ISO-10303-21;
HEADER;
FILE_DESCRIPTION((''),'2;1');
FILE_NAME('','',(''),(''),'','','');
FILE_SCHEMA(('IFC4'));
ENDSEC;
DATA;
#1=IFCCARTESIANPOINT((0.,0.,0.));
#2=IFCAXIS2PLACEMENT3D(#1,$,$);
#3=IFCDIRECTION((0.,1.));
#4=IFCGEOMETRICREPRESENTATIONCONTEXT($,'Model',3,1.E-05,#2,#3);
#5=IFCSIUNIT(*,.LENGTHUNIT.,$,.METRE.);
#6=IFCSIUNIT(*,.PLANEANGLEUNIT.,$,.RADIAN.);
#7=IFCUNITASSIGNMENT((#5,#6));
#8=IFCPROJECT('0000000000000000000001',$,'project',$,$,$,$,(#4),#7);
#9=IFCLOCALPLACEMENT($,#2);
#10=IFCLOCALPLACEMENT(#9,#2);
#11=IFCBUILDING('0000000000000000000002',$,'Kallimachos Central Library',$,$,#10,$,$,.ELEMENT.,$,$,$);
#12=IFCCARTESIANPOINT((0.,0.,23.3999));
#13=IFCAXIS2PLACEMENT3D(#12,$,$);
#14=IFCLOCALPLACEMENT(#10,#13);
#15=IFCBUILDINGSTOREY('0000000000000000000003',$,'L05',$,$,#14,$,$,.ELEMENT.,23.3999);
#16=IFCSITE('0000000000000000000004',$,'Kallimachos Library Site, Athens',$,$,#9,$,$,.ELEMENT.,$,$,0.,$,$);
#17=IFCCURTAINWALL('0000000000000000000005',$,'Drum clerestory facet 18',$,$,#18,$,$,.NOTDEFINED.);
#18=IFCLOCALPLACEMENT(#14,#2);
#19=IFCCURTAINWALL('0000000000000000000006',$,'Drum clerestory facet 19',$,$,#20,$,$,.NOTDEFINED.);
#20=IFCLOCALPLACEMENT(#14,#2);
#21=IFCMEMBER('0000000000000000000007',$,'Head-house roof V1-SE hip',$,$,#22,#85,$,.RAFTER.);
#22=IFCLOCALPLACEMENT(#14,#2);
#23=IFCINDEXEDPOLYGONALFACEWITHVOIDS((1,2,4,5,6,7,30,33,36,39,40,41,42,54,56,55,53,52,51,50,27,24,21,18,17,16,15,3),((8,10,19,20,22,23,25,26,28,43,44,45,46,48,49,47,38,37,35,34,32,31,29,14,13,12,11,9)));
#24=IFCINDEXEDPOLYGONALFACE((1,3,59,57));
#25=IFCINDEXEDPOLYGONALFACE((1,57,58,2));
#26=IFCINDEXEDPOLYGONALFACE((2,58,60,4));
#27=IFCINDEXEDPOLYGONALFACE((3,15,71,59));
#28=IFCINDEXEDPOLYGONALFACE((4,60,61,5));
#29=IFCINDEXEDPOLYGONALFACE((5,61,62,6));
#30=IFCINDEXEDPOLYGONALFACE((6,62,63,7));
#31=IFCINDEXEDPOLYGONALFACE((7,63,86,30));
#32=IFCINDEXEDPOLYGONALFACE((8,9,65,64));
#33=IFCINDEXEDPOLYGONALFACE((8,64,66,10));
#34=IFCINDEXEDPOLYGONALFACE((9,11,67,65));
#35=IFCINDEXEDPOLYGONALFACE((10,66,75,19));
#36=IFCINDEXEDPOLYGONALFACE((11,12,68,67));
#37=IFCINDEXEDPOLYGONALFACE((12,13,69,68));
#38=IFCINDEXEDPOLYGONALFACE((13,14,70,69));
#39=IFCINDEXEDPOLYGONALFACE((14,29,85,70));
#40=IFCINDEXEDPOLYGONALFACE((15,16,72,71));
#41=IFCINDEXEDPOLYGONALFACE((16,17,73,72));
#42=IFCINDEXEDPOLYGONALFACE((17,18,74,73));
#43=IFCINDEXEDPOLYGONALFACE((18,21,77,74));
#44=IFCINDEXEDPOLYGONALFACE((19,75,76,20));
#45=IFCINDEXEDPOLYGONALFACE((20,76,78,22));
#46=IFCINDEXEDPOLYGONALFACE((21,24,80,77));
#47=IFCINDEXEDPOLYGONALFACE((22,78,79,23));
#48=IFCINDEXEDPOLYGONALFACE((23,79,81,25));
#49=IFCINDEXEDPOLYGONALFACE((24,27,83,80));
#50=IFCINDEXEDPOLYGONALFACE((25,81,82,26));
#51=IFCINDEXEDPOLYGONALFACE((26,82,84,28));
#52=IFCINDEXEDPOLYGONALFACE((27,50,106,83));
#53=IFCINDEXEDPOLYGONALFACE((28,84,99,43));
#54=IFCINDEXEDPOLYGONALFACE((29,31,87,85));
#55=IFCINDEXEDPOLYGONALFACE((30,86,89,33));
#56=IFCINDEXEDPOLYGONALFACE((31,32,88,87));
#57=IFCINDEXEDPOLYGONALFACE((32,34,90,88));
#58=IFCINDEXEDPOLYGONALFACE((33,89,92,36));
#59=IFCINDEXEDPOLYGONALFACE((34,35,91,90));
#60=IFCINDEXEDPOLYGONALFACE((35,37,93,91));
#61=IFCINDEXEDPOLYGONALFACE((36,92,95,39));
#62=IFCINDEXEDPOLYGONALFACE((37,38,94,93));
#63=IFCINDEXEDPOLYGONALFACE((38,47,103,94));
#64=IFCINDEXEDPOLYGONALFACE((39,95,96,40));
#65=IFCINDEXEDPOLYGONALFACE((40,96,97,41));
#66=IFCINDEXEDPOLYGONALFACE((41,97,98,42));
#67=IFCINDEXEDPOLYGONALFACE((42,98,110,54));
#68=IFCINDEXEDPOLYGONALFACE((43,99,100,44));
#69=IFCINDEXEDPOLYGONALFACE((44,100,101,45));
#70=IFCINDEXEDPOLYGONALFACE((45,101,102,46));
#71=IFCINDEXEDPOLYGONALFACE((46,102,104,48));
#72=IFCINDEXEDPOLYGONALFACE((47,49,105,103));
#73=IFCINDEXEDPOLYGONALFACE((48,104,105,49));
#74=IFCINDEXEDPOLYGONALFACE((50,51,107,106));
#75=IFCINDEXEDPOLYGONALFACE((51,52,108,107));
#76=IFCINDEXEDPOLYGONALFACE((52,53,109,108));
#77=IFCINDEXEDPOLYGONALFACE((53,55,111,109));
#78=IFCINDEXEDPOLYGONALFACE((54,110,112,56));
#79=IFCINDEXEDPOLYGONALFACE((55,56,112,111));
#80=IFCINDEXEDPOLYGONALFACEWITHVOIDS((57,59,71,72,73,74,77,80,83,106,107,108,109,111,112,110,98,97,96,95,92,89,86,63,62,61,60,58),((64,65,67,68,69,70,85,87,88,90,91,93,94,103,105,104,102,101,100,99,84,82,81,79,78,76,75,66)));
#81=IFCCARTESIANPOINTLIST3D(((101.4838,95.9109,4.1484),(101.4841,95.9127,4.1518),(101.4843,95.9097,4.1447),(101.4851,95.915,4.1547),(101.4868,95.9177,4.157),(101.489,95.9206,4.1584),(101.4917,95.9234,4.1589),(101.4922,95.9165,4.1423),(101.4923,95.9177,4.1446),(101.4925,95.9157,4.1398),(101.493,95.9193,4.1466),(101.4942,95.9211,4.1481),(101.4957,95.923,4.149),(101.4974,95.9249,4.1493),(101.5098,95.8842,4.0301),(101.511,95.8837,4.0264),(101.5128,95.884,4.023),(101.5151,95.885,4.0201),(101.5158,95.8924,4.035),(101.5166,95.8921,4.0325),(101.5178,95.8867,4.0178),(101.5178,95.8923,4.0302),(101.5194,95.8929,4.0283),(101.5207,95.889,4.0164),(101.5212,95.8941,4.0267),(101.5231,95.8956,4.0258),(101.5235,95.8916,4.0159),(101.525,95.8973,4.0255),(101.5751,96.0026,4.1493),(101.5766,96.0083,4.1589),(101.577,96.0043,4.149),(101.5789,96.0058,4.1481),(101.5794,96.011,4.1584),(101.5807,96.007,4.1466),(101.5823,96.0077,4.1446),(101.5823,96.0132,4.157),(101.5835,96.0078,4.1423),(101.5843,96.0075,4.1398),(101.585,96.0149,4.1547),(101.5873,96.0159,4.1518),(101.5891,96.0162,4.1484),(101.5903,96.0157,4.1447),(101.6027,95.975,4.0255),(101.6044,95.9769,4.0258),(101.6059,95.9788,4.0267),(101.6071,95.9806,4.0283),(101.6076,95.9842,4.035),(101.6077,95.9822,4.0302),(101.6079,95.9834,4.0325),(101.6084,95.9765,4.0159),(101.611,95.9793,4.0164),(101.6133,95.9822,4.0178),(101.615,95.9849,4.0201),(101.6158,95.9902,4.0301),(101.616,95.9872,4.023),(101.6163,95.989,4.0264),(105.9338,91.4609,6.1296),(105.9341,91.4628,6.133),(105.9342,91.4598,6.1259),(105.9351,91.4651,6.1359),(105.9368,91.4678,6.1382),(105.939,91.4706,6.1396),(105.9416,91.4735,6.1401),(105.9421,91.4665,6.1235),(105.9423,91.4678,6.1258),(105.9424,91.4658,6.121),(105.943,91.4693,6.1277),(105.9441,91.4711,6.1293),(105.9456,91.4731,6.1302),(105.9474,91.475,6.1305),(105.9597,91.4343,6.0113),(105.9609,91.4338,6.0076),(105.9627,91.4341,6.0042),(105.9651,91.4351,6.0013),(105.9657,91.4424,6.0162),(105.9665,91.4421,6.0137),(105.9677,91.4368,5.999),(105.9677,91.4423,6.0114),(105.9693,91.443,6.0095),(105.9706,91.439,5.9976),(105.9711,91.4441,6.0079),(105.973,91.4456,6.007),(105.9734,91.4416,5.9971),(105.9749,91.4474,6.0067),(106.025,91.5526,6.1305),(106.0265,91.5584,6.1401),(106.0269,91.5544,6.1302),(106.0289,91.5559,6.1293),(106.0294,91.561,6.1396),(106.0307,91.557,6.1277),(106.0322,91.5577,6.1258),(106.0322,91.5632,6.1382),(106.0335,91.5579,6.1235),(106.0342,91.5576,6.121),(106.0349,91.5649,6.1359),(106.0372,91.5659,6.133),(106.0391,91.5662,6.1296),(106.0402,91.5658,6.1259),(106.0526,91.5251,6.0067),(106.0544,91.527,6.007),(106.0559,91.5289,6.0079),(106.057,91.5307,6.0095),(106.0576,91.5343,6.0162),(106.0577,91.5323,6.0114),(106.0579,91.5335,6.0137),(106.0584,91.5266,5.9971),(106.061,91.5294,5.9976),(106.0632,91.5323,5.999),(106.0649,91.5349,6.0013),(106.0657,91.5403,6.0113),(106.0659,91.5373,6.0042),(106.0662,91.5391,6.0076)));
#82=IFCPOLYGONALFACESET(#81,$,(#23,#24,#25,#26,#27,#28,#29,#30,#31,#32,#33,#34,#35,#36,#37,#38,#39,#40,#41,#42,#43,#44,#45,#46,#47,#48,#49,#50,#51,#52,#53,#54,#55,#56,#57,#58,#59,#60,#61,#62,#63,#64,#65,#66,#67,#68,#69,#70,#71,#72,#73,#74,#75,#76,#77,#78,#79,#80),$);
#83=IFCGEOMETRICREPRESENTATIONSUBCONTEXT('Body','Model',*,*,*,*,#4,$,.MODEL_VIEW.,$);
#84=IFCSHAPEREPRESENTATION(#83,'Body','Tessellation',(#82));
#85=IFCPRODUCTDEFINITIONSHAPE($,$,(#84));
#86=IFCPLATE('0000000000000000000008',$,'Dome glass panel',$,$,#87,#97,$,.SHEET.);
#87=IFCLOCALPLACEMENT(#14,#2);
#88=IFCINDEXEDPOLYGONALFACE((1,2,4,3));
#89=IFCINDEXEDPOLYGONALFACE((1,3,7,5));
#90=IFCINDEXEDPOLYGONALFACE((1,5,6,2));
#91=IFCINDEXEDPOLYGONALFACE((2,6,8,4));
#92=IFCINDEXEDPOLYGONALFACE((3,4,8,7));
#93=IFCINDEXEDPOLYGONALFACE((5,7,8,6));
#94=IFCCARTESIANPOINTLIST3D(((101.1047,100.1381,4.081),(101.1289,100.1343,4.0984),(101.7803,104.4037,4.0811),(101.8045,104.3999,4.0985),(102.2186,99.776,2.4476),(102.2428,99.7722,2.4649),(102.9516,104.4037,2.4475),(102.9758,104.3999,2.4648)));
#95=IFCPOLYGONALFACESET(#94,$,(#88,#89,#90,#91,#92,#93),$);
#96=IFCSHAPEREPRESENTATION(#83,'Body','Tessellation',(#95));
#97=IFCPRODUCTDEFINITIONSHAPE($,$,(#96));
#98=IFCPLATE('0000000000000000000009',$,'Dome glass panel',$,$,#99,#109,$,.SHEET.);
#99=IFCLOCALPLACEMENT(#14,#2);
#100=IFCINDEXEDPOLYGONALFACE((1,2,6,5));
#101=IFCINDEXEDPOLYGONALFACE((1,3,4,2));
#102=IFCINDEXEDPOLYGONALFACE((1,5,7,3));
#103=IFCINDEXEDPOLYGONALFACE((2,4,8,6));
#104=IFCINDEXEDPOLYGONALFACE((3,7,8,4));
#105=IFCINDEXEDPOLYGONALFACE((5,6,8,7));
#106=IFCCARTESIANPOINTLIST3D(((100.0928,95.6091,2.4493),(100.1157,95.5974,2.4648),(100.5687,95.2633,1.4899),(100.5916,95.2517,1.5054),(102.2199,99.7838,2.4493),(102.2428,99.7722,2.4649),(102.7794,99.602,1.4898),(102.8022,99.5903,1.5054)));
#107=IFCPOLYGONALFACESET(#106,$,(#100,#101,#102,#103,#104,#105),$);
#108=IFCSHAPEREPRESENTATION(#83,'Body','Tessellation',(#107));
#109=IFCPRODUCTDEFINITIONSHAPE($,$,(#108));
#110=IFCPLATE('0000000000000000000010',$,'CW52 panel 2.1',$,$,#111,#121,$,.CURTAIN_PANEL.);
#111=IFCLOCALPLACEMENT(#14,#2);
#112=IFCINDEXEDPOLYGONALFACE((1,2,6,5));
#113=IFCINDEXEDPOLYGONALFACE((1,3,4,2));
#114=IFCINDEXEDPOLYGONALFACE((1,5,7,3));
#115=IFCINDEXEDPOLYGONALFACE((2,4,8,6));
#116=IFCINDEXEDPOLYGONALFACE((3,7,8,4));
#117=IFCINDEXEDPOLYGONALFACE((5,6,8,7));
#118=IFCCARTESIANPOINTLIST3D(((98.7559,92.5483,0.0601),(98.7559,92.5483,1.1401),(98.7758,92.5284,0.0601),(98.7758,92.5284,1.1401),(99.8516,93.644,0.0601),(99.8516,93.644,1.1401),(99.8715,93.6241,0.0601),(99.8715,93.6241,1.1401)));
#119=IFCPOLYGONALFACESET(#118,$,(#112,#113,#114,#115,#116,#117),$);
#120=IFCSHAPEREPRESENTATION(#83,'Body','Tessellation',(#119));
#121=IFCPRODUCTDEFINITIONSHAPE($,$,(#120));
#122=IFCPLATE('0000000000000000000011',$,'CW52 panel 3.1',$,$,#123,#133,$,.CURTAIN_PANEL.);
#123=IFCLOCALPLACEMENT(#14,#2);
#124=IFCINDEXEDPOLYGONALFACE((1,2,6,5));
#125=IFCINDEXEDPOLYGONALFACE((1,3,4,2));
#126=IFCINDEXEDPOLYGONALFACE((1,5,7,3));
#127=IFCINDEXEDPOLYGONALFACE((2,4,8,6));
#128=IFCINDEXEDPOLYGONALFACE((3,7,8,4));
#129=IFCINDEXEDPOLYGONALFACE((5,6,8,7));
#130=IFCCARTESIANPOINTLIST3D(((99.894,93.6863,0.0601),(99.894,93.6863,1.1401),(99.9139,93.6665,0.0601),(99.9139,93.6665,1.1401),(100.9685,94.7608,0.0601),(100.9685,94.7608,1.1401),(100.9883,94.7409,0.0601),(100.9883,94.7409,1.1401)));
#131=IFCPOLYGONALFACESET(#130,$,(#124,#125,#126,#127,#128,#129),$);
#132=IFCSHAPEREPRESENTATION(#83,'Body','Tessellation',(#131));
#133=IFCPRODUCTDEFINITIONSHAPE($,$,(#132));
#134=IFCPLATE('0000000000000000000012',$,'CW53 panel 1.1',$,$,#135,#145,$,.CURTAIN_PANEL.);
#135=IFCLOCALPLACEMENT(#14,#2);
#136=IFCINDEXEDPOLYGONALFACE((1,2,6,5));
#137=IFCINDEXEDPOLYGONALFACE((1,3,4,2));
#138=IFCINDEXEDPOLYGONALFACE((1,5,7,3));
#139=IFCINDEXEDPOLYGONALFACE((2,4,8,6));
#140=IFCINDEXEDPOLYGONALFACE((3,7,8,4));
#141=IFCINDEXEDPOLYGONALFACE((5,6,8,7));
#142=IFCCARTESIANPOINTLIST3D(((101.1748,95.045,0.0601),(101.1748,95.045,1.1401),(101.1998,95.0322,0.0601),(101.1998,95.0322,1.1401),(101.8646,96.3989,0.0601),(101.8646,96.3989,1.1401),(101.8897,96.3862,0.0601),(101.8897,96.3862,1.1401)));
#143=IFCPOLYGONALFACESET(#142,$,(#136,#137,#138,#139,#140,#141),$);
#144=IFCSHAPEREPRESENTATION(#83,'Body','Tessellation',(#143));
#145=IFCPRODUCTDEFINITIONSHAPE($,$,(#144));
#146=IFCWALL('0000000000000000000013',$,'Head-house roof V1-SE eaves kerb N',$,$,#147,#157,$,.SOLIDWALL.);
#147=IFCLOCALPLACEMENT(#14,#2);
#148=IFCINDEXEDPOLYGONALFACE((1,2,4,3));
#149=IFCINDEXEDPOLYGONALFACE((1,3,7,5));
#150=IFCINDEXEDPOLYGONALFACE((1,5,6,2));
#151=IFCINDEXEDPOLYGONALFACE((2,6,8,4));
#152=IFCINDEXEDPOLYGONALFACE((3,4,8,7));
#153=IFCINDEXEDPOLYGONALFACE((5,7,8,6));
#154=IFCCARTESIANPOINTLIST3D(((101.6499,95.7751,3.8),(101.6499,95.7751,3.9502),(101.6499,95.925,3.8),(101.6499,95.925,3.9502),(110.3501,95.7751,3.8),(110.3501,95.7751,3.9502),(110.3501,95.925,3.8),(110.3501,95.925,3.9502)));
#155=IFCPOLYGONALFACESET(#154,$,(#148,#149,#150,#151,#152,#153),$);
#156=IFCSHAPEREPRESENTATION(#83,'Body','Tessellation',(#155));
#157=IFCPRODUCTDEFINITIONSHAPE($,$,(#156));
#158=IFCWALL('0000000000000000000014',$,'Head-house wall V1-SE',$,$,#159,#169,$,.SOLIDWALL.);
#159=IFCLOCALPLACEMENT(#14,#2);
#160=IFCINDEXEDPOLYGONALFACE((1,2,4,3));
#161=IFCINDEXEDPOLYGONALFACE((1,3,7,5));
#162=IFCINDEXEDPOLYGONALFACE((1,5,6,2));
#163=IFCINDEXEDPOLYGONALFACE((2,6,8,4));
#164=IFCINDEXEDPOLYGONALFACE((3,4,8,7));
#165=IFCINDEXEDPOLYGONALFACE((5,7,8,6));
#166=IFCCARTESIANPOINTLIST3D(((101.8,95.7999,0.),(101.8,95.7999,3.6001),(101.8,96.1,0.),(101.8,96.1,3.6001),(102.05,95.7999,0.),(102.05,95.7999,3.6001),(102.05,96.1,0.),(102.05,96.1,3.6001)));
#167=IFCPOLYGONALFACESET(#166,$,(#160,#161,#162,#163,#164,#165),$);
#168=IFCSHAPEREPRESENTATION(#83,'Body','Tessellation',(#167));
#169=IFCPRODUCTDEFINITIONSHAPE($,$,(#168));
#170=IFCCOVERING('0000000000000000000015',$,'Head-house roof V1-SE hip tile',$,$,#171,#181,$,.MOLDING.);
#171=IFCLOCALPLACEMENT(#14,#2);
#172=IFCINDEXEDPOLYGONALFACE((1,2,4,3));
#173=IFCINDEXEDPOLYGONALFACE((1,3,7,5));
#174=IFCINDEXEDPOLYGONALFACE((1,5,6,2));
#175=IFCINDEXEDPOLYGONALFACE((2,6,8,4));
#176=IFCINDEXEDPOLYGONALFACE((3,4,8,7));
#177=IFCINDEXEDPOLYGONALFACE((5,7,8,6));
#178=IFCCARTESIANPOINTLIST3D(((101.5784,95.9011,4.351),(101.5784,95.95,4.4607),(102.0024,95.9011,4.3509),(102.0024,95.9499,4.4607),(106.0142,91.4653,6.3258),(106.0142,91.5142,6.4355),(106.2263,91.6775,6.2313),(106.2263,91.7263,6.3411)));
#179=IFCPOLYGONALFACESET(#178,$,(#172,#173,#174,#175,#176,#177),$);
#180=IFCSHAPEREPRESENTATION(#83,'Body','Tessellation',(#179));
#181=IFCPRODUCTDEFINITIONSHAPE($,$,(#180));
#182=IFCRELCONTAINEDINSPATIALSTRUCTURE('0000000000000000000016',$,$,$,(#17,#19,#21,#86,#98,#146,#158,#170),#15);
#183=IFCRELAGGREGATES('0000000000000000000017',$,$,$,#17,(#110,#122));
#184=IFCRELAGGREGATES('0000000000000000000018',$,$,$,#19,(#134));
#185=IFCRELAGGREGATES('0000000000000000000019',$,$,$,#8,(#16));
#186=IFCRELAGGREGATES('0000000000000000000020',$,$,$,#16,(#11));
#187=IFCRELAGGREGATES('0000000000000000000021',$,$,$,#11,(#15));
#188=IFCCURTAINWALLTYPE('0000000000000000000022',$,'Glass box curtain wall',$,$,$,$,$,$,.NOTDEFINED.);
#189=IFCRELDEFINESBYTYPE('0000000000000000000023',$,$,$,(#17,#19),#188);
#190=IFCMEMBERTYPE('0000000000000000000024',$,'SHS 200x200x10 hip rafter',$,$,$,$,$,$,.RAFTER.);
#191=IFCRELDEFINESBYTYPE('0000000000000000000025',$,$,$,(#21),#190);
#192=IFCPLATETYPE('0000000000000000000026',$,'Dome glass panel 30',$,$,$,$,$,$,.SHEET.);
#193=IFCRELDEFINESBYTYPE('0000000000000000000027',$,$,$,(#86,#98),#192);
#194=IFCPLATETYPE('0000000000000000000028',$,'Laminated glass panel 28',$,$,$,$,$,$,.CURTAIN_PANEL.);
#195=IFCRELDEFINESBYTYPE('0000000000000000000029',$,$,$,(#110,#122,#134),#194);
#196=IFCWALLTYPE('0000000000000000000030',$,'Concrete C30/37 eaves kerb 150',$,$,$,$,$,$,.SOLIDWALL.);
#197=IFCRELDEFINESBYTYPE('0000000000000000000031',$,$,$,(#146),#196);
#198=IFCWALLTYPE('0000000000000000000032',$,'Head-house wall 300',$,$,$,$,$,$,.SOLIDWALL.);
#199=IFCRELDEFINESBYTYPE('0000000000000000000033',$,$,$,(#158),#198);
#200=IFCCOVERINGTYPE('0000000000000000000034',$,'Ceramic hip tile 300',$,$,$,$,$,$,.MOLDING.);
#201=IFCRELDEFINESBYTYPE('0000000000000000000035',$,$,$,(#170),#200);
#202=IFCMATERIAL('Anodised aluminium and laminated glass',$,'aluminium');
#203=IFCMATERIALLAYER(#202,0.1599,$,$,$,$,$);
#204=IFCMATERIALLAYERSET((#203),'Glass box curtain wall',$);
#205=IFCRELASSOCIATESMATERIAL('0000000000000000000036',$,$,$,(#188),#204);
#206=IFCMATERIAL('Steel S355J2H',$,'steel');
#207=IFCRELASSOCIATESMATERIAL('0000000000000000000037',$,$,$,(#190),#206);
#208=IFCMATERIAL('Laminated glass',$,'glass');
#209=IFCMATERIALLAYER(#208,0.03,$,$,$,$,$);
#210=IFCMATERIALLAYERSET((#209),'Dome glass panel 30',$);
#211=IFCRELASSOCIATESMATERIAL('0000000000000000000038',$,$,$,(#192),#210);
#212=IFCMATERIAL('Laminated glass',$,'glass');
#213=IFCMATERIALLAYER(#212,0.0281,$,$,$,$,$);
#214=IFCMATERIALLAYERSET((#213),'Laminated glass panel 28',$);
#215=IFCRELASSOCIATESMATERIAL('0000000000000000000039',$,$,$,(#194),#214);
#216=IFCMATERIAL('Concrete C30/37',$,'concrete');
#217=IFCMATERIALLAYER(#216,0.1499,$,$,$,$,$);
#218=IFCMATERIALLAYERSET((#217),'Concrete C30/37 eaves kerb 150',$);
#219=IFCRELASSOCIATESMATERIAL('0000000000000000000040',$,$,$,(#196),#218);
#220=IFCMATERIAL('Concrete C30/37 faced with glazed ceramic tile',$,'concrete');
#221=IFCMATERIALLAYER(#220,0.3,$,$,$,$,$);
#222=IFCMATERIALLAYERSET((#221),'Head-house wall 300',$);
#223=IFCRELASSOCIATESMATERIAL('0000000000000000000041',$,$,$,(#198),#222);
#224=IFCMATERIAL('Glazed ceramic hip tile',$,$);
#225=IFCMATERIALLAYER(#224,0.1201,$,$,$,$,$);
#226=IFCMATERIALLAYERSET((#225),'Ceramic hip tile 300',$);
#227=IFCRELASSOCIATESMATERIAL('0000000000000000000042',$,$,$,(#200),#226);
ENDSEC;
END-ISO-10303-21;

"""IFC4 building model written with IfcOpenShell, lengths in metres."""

from ifc_helpers import new_model, si_unit, direction, frame, frame_2d, origin, origin_2d, place, context, subcontext, project, spatial, polyline, rectangle, hollow_rectangle, outline, extrude, material, layer, layer_set, material_profile, profile_set, type_object, element, aggregate, save


model = new_model("IFC4")

# Units and contexts
model_context = context("Model", 3, precision=1e-05, world=origin(), true_north=direction((0.0, 1.0)))
body_context = subcontext(model_context, "Body", "Model", "MODEL_VIEW")
ifc_project = project(units=[si_unit("LENGTHUNIT", "METRE"), si_unit("PLANEANGLEUNIT", "RADIAN")], contexts=[model_context])

# Site, building, storey
site_placement = place(None, origin())
site = spatial("IfcSite", under=ifc_project, at=site_placement, Name="Kallimachos Library Site, Athens", CompositionType="ELEMENT", RefElevation=0.0)
building_placement = place(site_placement, origin())
building = spatial("IfcBuilding", under=site, at=building_placement, Name="Kallimachos Central Library", CompositionType="ELEMENT")
storey_placement = place(building_placement, frame((0.0, 0.0, 23.3999)))
storey = spatial("IfcBuildingStorey", under=building, at=storey_placement, Name="L05", CompositionType="ELEMENT", Elevation=23.3999)

# Curtain walls
ifc_material_1 = material(Name="Anodised aluminium and laminated glass", Category="aluminium")
ifc_layer_1 = layer(ifc_material_1, 0.1599)
ifc_layer_set_1 = layer_set([ifc_layer_1], Name="Glass box curtain wall")
curtain_wall_type = type_object("IfcCurtainWallType", Name="Glass box curtain wall", PredefinedType="NOTDEFINED", material=ifc_layer_set_1)
curtain_wall_1_placement = place(storey_placement, origin())
curtain_wall_1 = element("IfcCurtainWall", 1, at=curtain_wall_1_placement, inside=storey, type_object=curtain_wall_type, Name="Drum clerestory facet 18", PredefinedType="NOTDEFINED")
curtain_wall_2_placement = place(storey_placement, origin())
curtain_wall_2 = element("IfcCurtainWall", 2, at=curtain_wall_2_placement, inside=storey, type_object=curtain_wall_type, Name="Drum clerestory facet 19", PredefinedType="NOTDEFINED")

# Member
ifc_material_2 = material(Name="Steel S355J2H", Category="steel")
ifc_material_profile_1 = material_profile(ifc_material_2, hollow_rectangle(XDim=0.1499, YDim=0.1499, WallThickness=0.01, InnerFilletRadius=0.01, OuterFilletRadius=0.0149, at=origin_2d()), Name="SHS 150x150x10")
ifc_profile_set_1 = profile_set([ifc_material_profile_1], Name="Steel S355J2H")
member_type_1 = type_object("IfcMemberType", Name="SHS 200x200x10 hip rafter", PredefinedType="RAFTER", material=ifc_profile_set_1)
member_1_placement = place(storey_placement, frame((101.55, 95.95, 4.0874), z_axis=(0.674473, -0.674473, 0.300288), x_axis=(0.707107, 0.707107, 0.0)))
element("IfcMember", 3, at=member_1_placement, inside=storey, type_object=member_type_1, Name="Head-house roof V1-SE hip", PredefinedType="RAFTER", context=body_context, shape_type="SweptSolid", body=[
    extrude(hollow_rectangle(XDim=0.1499, YDim=0.1499, WallThickness=0.01, InnerFilletRadius=0.01, OuterFilletRadius=0.0149, at=origin_2d()), origin(), (0.0, 0.0, 1.0), 6.5977),
])

# Plates
ifc_material_3 = material(Name="Laminated glass", Category="glass")
ifc_layer_2 = layer(ifc_material_3, 0.03)
ifc_layer_set_2 = layer_set([ifc_layer_2], Name="Dome glass panel 30")
plate_type_1 = type_object("IfcPlateType", Name="Dome glass panel 30", PredefinedType="SHEET", material=ifc_layer_set_2)
plate_1_placement = place(storey_placement, frame((101.1289, 100.1343, 4.0984), z_axis=(0.806037, -0.127676, 0.57793), x_axis=(0.554162, -0.180138, -0.812684)))
element("IfcPlate", 4, at=plate_1_placement, inside=storey, type_object=plate_type_1, Name="Dome glass panel", PredefinedType="SHEET", context=body_context, shape_type="SweptSolid", body=[
    extrude(outline(polyline([(0.0, 0.0), (2.01, 0.0), (1.5826, 4.6659), (-0.394, 4.3008), (0.0, 0.0)])), origin(), (0.0, 0.0, -1.0), 0.03),
])
plate_2_placement = place(storey_placement, frame((100.1157, 95.5974, 2.4648), z_axis=(0.762156, -0.388323, 0.517999), x_axis=(0.422882, -0.30722, -0.852518)))
element("IfcPlate", 5, at=plate_2_placement, inside=storey, type_object=plate_type_1, Name="Dome glass panel", PredefinedType="SHEET", context=body_context, shape_type="SweptSolid", body=[
    extrude(outline(polyline([(0.0, 0.0), (1.1254, 0.0), (0.7273, 4.8531), (-0.3831, 4.6697), (0.0, 0.0)])), origin(), (0.0, 0.0, -1.0), 0.03),
])

# Plates
ifc_material_4 = material(Name="Laminated glass", Category="glass")
ifc_layer_3 = layer(ifc_material_4, 0.0281)
ifc_layer_set_3 = layer_set([ifc_layer_3], Name="Laminated glass panel 28")
plate_type_2 = type_object("IfcPlateType", Name="Laminated glass panel 28", PredefinedType="CURTAIN_PANEL", material=ifc_layer_set_3)
plate_3_placement = place(storey_placement, frame((99.3137, 93.0862, 0.0601), z_axis=(0.0, 0.0, 1.0), x_axis=(0.707107, 0.707107, 0.0)))
plate_3 = element("IfcPlate", 6, at=plate_3_placement, type_object=plate_type_2, Name="CW52 panel 2.1", PredefinedType="CURTAIN_PANEL", context=body_context, shape_type="SweptSolid", body=[
    extrude(rectangle(XDim=1.5496, YDim=0.0281, at=origin_2d()), origin(), (0.0, 0.0, 1.0), 1.0801),
])
plate_4_placement = place(storey_placement, frame((100.4412, 94.2136, 0.0601), z_axis=(0.0, 0.0, 1.0), x_axis=(0.707107, 0.707107, 0.0)))
plate_4 = element("IfcPlate", 7, at=plate_4_placement, type_object=plate_type_2, Name="CW52 panel 3.1", PredefinedType="CURTAIN_PANEL", context=body_context, shape_type="SweptSolid", body=[
    extrude(rectangle(XDim=1.5195, YDim=0.0281, at=origin_2d()), origin(), (0.0, 0.0, 1.0), 1.0801),
])
aggregate(curtain_wall_1, [plate_3, plate_4])
plate_5_placement = place(storey_placement, frame((101.5322, 95.7156, 0.0601), z_axis=(0.0, 0.0, 1.0), x_axis=(0.453991, 0.891006, 0.0)))
plate_5 = element("IfcPlate", 8, at=plate_5_placement, type_object=plate_type_2, Name="CW53 panel 1.1", PredefinedType="CURTAIN_PANEL", context=body_context, shape_type="SweptSolid", body=[
    extrude(rectangle(XDim=1.5195, YDim=0.0281, at=origin_2d()), origin(), (0.0, 0.0, 1.0), 1.0801),
])
aggregate(curtain_wall_2, [plate_5])

# Walls
ifc_material_5 = material(Name="Concrete C30/37", Category="concrete")
ifc_layer_4 = layer(ifc_material_5, 0.1499)
ifc_layer_set_4 = layer_set([ifc_layer_4], Name="Concrete C30/37 eaves kerb 150")
wall_type_1 = type_object("IfcWallType", Name="Concrete C30/37 eaves kerb 150", PredefinedType="SOLIDWALL", material=ifc_layer_set_4)
wall_1_placement = place(storey_placement, frame((101.6499, 95.8501, 3.8), z_axis=(0.0, 0.0, 1.0), x_axis=(1.0, 0.0, 0.0)))
element("IfcWall", 9, at=wall_1_placement, inside=storey, type_object=wall_type_1, Name="Head-house roof V1-SE eaves kerb N", PredefinedType="SOLIDWALL", context=body_context, shape_type="SweptSolid", body=[
    extrude(rectangle(XDim=8.7002, YDim=0.1499, at=frame_2d((4.3501, 0.0))), origin(), (0.0, 0.0, 1.0), 0.1501),
])
ifc_material_6 = material(Name="Concrete C30/37 faced with glazed ceramic tile", Category="concrete")
ifc_layer_5 = layer(ifc_material_6, 0.3)
ifc_layer_set_5 = layer_set([ifc_layer_5], Name="Head-house wall 300")
wall_type_2 = type_object("IfcWallType", Name="Head-house wall 300", PredefinedType="SOLIDWALL", material=ifc_layer_set_5)
wall_2_placement = place(storey_placement, frame((101.8, 95.95, 0.0), z_axis=(0.0, 0.0, 1.0), x_axis=(1.0, 0.0, 0.0)))
element("IfcWall", 10, at=wall_2_placement, inside=storey, type_object=wall_type_2, Name="Head-house wall V1-SE", PredefinedType="SOLIDWALL", context=body_context, shape_type="SweptSolid", body=[
    extrude(rectangle(XDim=0.25, YDim=0.3, at=frame_2d((0.125, 0.0))), origin(), (0.0, 0.0, 1.0), 3.6001),
])

# Covering
ifc_material_7 = material(Name="Glazed ceramic hip tile")
ifc_layer_6 = layer(ifc_material_7, 0.1201)
ifc_layer_set_6 = layer_set([ifc_layer_6], Name="Ceramic hip tile 300")
covering_type = type_object("IfcCoveringType", Name="Ceramic hip tile 300", PredefinedType="MOLDING", material=ifc_layer_set_6)
covering_placement = place(storey_placement, frame((101.5784, 95.95, 4.4607), z_axis=(0.000031, 0.406745, 0.913542), x_axis=(1.0, -0.000012, -0.000028)))
element("IfcCovering", 11, at=covering_placement, inside=storey, type_object=covering_type, Name="Head-house roof V1-SE hip tile", PredefinedType="MOLDING", context=body_context, shape_type="SweptSolid", body=[
    extrude(outline(polyline([(0.0, 0.0), (0.4241, 0.0), (4.6479, -4.6233), (4.4358, -4.8555), (0.0, 0.0)])), origin(), (0.0, 0.0, -1.0), 0.1201),
])

save(model, "model.ifc")
